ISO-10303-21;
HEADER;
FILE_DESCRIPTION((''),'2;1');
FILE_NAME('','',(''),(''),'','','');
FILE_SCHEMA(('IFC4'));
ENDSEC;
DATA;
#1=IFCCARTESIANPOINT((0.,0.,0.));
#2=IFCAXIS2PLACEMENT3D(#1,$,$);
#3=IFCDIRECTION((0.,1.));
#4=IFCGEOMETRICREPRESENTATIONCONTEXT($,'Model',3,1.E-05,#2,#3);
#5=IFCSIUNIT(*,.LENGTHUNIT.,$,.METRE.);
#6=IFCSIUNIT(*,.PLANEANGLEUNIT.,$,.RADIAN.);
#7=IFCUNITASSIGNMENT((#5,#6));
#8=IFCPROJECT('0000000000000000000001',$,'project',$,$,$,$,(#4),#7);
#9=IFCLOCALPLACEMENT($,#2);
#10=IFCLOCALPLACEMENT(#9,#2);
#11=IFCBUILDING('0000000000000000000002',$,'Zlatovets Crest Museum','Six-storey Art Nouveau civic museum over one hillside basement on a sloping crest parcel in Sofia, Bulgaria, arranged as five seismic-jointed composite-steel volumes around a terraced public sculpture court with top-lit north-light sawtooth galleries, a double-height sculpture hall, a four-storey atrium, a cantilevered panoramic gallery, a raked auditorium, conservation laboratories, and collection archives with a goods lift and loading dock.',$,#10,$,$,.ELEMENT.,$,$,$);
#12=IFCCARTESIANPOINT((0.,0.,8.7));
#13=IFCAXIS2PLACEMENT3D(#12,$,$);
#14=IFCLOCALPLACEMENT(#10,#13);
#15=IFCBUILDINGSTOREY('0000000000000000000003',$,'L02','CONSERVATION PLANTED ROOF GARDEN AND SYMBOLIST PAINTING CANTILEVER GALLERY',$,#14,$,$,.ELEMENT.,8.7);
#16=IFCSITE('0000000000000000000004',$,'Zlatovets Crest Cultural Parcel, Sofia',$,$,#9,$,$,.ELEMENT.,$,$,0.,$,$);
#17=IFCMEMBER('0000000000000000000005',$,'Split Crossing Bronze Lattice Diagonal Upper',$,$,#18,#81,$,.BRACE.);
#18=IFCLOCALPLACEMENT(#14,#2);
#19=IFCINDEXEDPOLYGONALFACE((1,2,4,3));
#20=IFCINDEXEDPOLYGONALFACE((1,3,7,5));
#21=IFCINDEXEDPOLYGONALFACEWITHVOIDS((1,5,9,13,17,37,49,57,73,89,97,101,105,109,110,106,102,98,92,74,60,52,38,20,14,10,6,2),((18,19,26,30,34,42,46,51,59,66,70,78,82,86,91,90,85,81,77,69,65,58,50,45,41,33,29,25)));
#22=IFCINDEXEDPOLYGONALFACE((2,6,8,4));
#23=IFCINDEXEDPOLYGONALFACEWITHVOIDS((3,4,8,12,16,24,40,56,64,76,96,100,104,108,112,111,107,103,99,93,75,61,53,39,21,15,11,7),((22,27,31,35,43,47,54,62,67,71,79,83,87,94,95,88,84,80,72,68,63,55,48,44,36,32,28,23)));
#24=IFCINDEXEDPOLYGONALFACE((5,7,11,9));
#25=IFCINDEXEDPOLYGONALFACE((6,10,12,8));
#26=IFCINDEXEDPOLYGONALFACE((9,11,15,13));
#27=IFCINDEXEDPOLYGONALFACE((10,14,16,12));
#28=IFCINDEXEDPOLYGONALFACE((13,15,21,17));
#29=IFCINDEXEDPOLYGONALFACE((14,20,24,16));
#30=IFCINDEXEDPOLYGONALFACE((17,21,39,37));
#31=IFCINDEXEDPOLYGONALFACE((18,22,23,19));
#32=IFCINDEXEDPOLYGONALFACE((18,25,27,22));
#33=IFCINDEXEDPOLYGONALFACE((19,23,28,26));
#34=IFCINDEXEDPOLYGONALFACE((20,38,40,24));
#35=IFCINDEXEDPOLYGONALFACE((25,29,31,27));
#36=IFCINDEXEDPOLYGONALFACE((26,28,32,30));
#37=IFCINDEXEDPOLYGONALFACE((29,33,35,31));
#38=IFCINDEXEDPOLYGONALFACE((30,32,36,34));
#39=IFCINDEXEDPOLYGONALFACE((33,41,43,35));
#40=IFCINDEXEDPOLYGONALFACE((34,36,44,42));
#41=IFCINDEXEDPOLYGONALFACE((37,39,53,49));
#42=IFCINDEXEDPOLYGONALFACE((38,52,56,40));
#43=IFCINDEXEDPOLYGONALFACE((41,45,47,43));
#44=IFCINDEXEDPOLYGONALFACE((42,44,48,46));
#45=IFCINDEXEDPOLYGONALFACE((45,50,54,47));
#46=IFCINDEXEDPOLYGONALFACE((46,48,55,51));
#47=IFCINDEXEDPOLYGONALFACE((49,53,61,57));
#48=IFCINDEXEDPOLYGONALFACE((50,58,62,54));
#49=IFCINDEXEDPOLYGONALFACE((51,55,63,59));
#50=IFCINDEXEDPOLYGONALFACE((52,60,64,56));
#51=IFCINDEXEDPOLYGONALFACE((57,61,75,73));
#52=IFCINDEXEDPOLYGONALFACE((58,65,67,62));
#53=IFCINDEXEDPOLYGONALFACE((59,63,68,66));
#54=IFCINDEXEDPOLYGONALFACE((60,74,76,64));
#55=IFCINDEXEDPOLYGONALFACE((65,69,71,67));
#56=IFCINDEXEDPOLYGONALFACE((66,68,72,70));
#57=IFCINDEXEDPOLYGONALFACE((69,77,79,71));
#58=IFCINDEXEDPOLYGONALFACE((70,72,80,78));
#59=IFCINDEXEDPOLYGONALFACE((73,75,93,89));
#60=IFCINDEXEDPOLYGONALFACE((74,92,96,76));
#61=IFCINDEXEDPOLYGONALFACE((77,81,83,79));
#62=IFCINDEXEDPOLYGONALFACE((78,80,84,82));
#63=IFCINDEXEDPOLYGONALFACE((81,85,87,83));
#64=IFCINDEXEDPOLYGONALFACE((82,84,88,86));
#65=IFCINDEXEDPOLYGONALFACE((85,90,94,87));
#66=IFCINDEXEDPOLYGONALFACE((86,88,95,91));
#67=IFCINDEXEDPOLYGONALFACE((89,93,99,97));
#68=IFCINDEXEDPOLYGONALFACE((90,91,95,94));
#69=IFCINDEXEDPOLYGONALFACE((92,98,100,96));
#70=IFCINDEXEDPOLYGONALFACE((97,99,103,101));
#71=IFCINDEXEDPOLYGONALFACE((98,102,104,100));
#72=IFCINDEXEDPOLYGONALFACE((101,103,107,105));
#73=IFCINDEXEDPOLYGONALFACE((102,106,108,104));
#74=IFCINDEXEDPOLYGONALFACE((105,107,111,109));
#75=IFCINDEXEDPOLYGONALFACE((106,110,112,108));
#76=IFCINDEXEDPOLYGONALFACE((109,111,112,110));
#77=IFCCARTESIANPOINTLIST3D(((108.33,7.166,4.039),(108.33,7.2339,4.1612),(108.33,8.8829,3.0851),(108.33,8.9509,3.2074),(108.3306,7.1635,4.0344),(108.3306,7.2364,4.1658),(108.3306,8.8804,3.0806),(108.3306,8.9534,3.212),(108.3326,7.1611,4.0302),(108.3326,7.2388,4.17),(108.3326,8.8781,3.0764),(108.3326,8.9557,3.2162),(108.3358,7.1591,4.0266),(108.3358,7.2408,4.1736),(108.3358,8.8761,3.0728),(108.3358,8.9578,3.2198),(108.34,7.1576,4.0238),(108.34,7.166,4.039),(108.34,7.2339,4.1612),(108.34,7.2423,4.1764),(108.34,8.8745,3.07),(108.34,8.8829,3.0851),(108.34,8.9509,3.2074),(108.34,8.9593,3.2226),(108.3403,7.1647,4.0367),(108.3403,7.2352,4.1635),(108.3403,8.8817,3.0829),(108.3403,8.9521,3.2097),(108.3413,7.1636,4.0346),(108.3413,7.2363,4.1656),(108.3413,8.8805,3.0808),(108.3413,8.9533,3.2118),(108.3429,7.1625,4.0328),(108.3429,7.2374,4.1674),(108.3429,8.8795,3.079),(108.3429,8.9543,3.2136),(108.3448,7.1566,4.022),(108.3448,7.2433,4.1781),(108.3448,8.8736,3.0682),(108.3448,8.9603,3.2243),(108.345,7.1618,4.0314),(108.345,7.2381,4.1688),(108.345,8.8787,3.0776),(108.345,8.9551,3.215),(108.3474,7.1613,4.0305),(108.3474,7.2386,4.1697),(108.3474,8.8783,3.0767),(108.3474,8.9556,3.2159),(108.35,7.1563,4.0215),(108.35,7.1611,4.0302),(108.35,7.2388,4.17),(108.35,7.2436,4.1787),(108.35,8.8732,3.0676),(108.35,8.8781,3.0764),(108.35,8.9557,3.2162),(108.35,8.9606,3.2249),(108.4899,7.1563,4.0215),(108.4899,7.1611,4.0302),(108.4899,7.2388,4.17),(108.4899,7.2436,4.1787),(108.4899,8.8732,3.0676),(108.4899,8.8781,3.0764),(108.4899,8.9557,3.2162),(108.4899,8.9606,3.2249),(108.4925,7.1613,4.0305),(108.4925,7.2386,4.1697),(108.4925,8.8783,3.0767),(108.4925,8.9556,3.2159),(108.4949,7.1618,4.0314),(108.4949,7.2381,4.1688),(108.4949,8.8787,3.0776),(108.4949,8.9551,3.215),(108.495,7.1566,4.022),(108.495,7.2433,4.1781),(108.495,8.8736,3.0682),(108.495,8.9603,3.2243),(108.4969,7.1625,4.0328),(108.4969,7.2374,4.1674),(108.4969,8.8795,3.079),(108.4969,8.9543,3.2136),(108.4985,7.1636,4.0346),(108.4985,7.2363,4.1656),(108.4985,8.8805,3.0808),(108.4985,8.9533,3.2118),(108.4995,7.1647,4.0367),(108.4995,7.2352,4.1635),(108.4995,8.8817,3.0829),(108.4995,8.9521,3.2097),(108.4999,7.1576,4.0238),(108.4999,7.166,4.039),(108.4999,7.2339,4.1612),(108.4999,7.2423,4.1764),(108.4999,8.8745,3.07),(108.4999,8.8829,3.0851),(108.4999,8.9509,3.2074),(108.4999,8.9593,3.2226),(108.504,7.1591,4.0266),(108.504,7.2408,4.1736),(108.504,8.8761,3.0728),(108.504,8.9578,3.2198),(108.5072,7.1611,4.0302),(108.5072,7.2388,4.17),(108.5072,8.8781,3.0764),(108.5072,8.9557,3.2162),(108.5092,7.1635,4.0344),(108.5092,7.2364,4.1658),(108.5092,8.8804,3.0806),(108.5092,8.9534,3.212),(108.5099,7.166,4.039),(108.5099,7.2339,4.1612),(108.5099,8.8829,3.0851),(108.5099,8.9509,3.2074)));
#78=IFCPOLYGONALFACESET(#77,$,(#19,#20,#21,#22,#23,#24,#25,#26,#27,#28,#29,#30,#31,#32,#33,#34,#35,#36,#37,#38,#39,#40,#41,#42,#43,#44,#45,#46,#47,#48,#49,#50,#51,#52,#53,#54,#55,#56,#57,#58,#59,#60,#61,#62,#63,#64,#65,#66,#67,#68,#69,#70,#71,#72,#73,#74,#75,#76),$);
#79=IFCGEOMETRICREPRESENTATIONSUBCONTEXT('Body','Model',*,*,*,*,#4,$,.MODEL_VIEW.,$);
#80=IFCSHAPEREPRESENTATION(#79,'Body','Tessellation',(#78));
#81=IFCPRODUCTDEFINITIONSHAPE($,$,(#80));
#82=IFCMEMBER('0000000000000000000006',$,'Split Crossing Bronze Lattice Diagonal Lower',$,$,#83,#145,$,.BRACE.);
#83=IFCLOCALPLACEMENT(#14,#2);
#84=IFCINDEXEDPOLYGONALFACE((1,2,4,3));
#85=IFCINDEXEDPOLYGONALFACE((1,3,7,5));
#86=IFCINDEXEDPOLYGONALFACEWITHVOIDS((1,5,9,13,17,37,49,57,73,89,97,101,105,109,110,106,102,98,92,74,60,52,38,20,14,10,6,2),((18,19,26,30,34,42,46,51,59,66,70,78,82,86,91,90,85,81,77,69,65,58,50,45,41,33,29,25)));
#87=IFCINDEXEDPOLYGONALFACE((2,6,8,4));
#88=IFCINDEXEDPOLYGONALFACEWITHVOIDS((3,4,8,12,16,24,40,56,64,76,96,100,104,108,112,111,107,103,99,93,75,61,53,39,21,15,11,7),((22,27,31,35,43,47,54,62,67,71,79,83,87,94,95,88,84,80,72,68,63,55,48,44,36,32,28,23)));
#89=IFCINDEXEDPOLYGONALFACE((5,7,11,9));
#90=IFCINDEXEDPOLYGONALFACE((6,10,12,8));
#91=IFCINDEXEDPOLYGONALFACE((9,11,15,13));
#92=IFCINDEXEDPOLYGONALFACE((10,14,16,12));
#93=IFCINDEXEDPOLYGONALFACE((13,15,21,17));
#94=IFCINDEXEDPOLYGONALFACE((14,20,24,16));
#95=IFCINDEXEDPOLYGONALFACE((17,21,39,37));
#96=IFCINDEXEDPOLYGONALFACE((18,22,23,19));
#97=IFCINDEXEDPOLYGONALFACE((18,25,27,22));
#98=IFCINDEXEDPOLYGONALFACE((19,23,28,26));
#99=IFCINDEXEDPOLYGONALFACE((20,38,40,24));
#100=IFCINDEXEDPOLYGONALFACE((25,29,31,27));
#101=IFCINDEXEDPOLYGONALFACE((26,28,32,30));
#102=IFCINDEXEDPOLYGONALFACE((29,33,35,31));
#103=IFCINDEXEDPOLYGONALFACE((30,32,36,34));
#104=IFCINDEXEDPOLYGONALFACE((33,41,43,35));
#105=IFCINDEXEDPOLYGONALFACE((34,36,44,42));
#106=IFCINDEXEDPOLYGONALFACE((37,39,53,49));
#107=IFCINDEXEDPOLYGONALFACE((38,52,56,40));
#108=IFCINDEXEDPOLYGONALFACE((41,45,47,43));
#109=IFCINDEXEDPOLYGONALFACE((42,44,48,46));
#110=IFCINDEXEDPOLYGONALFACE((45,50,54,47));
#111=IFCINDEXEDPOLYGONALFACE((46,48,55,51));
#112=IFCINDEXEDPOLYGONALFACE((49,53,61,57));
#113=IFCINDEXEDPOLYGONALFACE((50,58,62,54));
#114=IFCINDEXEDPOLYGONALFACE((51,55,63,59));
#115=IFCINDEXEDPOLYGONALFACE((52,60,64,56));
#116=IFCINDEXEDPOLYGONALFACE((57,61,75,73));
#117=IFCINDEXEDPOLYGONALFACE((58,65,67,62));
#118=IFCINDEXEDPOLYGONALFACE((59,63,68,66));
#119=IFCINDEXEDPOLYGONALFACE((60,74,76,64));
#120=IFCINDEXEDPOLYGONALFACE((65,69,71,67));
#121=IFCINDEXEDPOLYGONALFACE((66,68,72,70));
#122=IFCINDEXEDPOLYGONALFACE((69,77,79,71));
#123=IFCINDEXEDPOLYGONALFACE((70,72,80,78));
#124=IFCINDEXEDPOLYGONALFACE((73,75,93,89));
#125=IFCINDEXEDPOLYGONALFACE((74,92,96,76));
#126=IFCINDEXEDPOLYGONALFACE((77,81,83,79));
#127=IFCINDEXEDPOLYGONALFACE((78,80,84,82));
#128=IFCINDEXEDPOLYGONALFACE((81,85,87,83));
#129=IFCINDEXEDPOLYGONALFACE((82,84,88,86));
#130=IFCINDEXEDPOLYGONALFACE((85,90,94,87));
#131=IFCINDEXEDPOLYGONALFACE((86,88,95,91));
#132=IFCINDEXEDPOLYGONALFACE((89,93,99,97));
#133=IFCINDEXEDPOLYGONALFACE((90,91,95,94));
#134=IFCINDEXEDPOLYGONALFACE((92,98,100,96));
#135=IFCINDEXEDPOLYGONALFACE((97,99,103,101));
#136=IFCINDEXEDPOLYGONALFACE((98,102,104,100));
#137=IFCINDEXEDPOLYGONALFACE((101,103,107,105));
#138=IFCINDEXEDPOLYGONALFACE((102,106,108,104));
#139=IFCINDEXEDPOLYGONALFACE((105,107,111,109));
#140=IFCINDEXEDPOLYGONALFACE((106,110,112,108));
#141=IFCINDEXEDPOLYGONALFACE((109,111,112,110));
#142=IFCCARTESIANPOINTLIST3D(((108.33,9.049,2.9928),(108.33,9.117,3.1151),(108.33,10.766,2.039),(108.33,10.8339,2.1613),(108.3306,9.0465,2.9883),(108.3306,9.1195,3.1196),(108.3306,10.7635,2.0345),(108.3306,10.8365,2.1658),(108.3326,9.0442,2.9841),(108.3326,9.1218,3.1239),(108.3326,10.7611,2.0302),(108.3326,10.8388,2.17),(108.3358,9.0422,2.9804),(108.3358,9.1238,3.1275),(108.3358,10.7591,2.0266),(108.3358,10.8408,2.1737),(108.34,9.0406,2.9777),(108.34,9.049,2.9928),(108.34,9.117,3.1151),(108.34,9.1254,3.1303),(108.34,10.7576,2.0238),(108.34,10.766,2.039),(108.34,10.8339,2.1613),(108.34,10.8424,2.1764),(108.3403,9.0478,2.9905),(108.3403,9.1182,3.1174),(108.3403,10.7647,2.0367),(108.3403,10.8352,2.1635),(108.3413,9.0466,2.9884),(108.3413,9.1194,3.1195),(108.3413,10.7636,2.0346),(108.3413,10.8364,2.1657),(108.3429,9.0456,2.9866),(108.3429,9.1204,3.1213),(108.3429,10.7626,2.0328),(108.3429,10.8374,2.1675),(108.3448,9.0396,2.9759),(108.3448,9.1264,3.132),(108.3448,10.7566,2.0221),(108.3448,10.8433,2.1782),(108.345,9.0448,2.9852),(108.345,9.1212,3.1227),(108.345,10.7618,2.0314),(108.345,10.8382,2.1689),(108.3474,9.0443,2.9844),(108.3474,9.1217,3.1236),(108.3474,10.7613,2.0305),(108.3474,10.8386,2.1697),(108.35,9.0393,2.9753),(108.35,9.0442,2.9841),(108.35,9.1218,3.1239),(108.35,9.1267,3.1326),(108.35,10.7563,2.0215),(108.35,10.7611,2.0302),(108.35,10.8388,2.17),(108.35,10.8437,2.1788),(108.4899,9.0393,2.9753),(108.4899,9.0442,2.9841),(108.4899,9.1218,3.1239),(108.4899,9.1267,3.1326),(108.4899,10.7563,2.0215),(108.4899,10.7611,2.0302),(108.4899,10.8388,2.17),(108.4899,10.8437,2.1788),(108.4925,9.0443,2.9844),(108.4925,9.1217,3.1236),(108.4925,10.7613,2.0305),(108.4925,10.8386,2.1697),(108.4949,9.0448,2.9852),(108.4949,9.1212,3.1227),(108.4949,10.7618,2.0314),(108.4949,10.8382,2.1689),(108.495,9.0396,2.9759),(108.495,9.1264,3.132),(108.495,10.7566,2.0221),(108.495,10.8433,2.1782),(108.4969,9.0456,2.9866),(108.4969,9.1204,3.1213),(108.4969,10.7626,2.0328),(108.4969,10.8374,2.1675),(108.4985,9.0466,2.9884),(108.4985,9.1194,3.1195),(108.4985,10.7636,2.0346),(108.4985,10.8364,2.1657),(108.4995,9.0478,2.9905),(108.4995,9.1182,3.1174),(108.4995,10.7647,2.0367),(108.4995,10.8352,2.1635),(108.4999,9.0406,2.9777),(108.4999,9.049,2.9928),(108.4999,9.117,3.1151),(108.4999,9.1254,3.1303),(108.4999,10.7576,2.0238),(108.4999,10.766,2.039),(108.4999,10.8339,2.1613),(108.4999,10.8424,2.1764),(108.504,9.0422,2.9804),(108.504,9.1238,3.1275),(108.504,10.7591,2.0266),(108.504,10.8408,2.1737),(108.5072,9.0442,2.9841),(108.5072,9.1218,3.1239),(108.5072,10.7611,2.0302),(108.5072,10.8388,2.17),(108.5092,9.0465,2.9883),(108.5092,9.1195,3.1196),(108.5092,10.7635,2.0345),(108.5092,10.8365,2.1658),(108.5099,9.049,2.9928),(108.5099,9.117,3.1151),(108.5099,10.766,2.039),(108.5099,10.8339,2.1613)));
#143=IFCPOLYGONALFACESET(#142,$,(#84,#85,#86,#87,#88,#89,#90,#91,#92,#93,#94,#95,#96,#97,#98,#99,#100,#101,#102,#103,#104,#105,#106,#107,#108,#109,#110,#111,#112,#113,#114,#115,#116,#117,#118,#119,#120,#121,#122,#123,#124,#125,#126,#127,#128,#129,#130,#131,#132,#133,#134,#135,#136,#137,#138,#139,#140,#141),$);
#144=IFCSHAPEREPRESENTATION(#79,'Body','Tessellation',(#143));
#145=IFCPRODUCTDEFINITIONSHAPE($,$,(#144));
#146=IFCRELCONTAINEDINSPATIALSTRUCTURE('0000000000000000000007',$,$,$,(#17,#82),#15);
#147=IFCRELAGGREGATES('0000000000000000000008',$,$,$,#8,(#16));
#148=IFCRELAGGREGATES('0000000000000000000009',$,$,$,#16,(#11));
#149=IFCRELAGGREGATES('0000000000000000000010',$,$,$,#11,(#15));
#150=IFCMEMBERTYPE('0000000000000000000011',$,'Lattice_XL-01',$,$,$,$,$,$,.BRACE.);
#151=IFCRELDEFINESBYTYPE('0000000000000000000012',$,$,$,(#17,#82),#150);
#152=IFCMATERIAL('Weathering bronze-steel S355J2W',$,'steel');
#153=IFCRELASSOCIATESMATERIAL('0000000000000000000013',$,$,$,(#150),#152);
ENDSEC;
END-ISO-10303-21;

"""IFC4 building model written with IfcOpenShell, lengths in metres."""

from ifc_helpers import new_model, si_unit, direction, frame, origin, origin_2d, place, context, subcontext, project, spatial, hollow_rectangle, extrude, material, material_profile, profile_set, type_object, element, save


model = new_model("IFC4")

# Units and contexts
model_context = context("Model", 3, precision=1e-05, world=origin(), true_north=direction((0.0, 1.0)))
body_context = subcontext(model_context, "Body", "Model", "MODEL_VIEW")
ifc_project = project(units=[si_unit("LENGTHUNIT", "METRE"), si_unit("PLANEANGLEUNIT", "RADIAN")], contexts=[model_context])

# Site, building, storey
site_placement = place(None, origin())
site = spatial("IfcSite", under=ifc_project, at=site_placement, Name="Zlatovets Crest Cultural Parcel, Sofia", CompositionType="ELEMENT", RefElevation=0.0)
building_placement = place(site_placement, origin())
building = spatial("IfcBuilding", under=site, at=building_placement, Name="Zlatovets Crest Museum", Description="Six-storey Art Nouveau civic museum over one hillside basement on a sloping crest parcel in Sofia, Bulgaria, arranged as five seismic-jointed composite-steel volumes around a terraced public sculpture court with top-lit north-light sawtooth galleries, a double-height sculpture hall, a four-storey atrium, a cantilevered panoramic gallery, a raked auditorium, conservation laboratories, and collection archives with a goods lift and loading dock.", CompositionType="ELEMENT")
storey_placement = place(building_placement, frame((0.0, 0.0, 8.7)))
storey = spatial("IfcBuildingStorey", under=building, at=storey_placement, Name="L02", Description="CONSERVATION PLANTED ROOF GARDEN AND SYMBOLIST PAINTING CANTILEVER GALLERY", CompositionType="ELEMENT", Elevation=8.7)

# Members
ifc_material_1 = material(Name="Weathering bronze-steel S355J2W", Category="steel")
ifc_material_profile_1 = material_profile(ifc_material_1, hollow_rectangle(XDim=0.1799, YDim=0.1799, WallThickness=0.01, InnerFilletRadius=0.01, OuterFilletRadius=0.02, at=origin_2d()), Name="SHS 180x180x10.0")
ifc_profile_set_1 = profile_set([ifc_material_profile_1], Name="Weathering bronze-steel S355J2W")
member_type_1 = type_object("IfcMemberType", Name="Lattice_XL-01", PredefinedType="BRACE", material=ifc_profile_set_1)
for number, where, z_axis, x_axis, name in (
    (1, (108.4199, 7.2, 4.1001), (0.0, 0.874169, -0.485622), (-1.0, 0.0, 0.0), "Split Crossing Bronze Lattice Diagonal Upper"),
    (2, (108.4199, 9.083, 3.054), (0.0, 0.874169, -0.485622), (-1.0, 0.0, 0.0), "Split Crossing Bronze Lattice Diagonal Lower"),
):
    element("IfcMember", number, at=place(storey_placement, frame(where, z_axis=z_axis, x_axis=x_axis)), inside=storey, type_object=member_type_1, Name=name, PredefinedType="BRACE", context=body_context, shape_type="SweptSolid", body=[
        extrude(hollow_rectangle(XDim=0.1799, YDim=0.1799, WallThickness=0.01, InnerFilletRadius=0.01, OuterFilletRadius=0.02, at=origin_2d()), origin(), (0.0, 0.0, 1.0), 1.9641),
    ])

save(model, "model.ifc")
